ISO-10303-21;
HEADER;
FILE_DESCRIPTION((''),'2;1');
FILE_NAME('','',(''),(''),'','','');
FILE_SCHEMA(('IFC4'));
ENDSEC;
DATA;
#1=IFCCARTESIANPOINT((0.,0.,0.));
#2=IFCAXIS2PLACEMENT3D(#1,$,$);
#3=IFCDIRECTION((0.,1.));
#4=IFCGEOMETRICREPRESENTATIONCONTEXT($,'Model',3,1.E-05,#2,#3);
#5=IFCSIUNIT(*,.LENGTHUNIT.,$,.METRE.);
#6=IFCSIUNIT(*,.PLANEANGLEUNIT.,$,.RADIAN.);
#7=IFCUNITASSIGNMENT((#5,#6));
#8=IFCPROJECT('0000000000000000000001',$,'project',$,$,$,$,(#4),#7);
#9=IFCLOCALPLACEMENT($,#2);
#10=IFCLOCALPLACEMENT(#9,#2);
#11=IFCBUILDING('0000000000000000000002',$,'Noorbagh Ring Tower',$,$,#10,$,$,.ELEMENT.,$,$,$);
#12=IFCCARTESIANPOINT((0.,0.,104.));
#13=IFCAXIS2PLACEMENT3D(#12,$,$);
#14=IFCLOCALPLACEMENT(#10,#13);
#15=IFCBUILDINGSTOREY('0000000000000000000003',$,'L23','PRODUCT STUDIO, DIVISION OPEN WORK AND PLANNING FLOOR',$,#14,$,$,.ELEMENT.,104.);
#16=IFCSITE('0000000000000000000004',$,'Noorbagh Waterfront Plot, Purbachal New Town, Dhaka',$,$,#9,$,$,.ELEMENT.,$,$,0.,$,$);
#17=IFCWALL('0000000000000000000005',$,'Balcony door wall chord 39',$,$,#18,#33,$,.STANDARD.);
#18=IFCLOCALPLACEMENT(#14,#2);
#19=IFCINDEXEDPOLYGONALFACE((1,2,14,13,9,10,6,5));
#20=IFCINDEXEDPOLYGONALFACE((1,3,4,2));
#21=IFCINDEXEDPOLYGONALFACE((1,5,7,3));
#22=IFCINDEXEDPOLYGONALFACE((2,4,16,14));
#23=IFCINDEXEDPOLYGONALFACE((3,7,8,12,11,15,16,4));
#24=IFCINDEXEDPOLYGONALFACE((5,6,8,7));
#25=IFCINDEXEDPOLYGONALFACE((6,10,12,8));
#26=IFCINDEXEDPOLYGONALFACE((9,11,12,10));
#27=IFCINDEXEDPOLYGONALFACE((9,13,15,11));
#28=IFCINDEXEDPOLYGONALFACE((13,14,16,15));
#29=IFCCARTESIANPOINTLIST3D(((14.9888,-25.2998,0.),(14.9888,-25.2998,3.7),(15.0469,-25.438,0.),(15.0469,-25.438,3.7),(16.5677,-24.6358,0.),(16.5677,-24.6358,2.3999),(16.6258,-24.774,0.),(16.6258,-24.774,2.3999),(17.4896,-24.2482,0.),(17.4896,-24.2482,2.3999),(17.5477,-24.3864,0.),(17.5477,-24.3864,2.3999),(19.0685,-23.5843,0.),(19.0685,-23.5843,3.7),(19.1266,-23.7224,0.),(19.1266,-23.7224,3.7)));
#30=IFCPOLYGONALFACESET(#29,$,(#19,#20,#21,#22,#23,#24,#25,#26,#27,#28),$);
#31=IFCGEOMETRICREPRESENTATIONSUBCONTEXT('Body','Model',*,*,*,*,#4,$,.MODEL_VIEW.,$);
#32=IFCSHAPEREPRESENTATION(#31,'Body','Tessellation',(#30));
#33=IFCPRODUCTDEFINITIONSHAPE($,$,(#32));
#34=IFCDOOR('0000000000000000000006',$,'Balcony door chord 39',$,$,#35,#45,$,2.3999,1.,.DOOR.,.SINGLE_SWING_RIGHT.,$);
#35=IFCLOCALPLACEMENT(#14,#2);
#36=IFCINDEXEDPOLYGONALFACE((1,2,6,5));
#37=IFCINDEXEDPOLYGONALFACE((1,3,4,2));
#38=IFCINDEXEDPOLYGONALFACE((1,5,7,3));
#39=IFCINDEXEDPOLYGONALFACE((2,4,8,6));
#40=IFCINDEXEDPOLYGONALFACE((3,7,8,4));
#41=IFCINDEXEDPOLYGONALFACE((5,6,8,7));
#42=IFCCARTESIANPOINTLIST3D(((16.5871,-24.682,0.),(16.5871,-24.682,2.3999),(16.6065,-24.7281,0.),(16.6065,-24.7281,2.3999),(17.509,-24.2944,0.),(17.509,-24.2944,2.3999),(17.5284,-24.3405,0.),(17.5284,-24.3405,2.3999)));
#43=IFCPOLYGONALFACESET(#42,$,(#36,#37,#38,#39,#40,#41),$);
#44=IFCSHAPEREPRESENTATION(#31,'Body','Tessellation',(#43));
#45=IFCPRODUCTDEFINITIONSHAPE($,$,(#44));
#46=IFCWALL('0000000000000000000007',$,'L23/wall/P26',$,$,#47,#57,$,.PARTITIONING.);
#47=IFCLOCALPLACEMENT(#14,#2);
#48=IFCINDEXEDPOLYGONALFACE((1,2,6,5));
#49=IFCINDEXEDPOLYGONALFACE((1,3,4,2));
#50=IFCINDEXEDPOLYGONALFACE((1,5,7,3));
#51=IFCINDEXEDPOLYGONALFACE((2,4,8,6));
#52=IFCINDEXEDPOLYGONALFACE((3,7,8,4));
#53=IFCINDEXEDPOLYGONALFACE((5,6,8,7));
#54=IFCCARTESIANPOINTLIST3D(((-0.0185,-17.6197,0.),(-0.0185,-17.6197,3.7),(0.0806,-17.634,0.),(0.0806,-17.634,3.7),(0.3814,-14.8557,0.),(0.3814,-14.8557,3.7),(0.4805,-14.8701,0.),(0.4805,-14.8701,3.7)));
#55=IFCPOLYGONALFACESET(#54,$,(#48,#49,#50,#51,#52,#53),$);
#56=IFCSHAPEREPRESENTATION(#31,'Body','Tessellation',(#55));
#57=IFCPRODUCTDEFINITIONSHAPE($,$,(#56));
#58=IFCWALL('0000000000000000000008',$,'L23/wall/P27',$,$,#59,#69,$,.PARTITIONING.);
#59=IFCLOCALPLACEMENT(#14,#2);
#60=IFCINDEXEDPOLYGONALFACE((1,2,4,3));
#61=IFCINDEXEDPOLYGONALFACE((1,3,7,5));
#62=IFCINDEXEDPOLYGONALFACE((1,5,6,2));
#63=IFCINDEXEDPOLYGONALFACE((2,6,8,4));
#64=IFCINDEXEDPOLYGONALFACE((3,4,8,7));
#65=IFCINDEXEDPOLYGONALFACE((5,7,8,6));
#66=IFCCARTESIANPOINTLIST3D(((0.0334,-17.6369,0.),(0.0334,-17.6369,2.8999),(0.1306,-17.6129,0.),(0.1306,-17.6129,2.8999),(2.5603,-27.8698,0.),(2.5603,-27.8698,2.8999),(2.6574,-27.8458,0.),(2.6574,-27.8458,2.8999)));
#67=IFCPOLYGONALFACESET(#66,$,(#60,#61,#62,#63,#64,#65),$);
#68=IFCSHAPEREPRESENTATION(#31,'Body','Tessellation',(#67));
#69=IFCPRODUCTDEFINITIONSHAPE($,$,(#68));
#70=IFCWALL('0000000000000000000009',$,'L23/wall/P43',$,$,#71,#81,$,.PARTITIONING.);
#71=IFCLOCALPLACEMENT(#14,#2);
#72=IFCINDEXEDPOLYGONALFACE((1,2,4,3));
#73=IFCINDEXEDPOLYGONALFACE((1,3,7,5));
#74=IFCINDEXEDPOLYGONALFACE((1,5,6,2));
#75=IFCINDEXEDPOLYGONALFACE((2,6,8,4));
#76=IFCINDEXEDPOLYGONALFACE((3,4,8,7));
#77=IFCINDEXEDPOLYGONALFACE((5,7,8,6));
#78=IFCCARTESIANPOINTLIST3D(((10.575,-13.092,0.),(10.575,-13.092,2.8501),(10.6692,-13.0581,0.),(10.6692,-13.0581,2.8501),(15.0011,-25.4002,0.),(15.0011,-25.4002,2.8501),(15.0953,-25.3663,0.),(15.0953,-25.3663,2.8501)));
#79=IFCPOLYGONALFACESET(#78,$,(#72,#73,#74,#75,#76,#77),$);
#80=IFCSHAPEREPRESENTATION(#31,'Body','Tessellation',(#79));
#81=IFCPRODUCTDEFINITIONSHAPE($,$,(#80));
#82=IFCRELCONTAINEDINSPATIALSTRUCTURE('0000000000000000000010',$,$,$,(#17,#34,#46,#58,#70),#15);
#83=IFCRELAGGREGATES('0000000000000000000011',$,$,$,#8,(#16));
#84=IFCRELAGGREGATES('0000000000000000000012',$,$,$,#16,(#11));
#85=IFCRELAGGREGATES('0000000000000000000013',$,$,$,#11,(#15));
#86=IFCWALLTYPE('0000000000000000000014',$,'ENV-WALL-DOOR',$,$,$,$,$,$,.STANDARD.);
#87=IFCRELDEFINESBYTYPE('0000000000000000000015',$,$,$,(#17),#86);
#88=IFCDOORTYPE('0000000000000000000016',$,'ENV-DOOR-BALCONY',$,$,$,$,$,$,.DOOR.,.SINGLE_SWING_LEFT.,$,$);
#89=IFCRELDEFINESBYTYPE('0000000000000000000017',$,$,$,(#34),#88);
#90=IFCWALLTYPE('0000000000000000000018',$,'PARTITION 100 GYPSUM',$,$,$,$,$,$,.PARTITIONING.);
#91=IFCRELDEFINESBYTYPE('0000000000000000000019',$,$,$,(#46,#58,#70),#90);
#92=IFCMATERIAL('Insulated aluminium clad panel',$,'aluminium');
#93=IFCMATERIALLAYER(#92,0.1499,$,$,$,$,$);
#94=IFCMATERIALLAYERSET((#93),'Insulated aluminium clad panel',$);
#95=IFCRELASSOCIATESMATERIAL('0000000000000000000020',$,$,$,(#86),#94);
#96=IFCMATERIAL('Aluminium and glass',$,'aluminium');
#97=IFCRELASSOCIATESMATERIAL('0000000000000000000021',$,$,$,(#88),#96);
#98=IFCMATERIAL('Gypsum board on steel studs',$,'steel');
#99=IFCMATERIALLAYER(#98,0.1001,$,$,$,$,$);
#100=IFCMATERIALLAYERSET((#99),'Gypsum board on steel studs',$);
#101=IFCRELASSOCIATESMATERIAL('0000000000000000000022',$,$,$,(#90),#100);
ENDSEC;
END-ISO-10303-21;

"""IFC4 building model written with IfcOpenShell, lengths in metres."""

from ifc_helpers import new_model, si_unit, direction, frame, frame_2d, origin, place, context, subcontext, project, spatial, rectangle, extrude, material, layer, layer_set, type_object, element, fill, save


model = new_model("IFC4")

# Units and contexts
model_context = context("Model", 3, precision=1e-05, world=origin(), true_north=direction((0.0, 1.0)))
body_context = subcontext(model_context, "Body", "Model", "MODEL_VIEW")
ifc_project = project(units=[si_unit("LENGTHUNIT", "METRE"), si_unit("PLANEANGLEUNIT", "RADIAN")], contexts=[model_context])

# Site, building, storey
site_placement = place(None, origin())
site = spatial("IfcSite", under=ifc_project, at=site_placement, Name="Noorbagh Waterfront Plot, Purbachal New Town, Dhaka", CompositionType="ELEMENT", RefElevation=0.0)
building_placement = place(site_placement, origin())
building = spatial("IfcBuilding", under=site, at=building_placement, Name="Noorbagh Ring Tower", CompositionType="ELEMENT")
storey_placement = place(building_placement, frame((0.0, 0.0, 104.0)))
storey = spatial("IfcBuildingStorey", under=building, at=storey_placement, Name="L23", Description="PRODUCT STUDIO, DIVISION OPEN WORK AND PLANNING FLOOR", CompositionType="ELEMENT", Elevation=104.0)

# Wall, opening, door
ifc_material_1 = material(Name="Insulated aluminium clad panel", Category="aluminium")
ifc_layer_1 = layer(ifc_material_1, 0.1499)
ifc_layer_set_1 = layer_set([ifc_layer_1], Name="Insulated aluminium clad panel")
wall_type_1 = type_object("IfcWallType", Name="ENV-WALL-DOOR", PredefinedType="STANDARD", material=ifc_layer_set_1)
wall_1_placement = place(storey_placement, frame((15.0178, -25.3689, 0.0), z_axis=(0.0, 0.0, 1.0), x_axis=(0.921817, 0.387625, 0.0)))
wall_1 = element("IfcWall", 1, at=wall_1_placement, inside=storey, type_object=wall_type_1, Name="Balcony door wall chord 39", PredefinedType="STANDARD", context=body_context, shape_type="SweptSolid", body=[
    extrude(rectangle(XDim=4.4258, YDim=0.1499, at=frame_2d((2.2129, 0.0))), origin(), (0.0, 0.0, 1.0), 3.7),
])
opening_1_placement = place(wall_1_placement, frame((1.7129, 0.0, 0.0)))
opening_1 = element("IfcOpeningElement", 2, at=opening_1_placement, cuts=wall_1, PredefinedType="OPENING", context=body_context, shape_type="SweptSolid", body=[
    extrude(rectangle(XDim=1.0, YDim=2.3999, at=frame_2d((0.5, 1.2))), frame((0.0, 0.085, 0.0), z_axis=(0.0, -1.0, 0.0), x_axis=(1.0, 0.0, 0.0)), (0.0, 0.0, 1.0), 0.1699),
])
ifc_material_2 = material(Name="Aluminium and glass", Category="aluminium")
door_type_1 = type_object("IfcDoorType", Name="ENV-DOOR-BALCONY", OperationType="SINGLE_SWING_LEFT", PredefinedType="DOOR", material=ifc_material_2)
door_1_placement = place(opening_1_placement, origin())
door_1 = element("IfcDoor", 3, at=door_1_placement, inside=storey, type_object=door_type_1, Name="Balcony door chord 39", OperationType="SINGLE_SWING_RIGHT", OverallHeight=2.3999, OverallWidth=1.0, PredefinedType="DOOR", context=body_context, shape_type="SweptSolid", body=[
    extrude(rectangle(XDim=1.0, YDim=2.3999, at=frame_2d((0.5, 1.2))), frame((0.0, 0.0249, 0.0), z_axis=(0.0, -1.0, 0.0), x_axis=(1.0, 0.0, 0.0)), (0.0, 0.0, 1.0), 0.05),
])
fill(opening_1, door_1)

# Walls
ifc_material_3 = material(Name="Gypsum board on steel studs", Category="steel")
ifc_layer_2 = layer(ifc_material_3, 0.1001)
ifc_layer_set_2 = layer_set([ifc_layer_2], Name="Gypsum board on steel studs")
wall_type_2 = type_object("IfcWallType", Name="PARTITION 100 GYPSUM", PredefinedType="PARTITIONING", material=ifc_layer_set_2)
wall_2_placement = place(storey_placement, frame((0.031, -17.627, 0.0), z_axis=(0.0, 0.0, 1.0), x_axis=(0.143196, 0.989694, 0.0)))
element("IfcWall", 4, at=wall_2_placement, inside=storey, type_object=wall_type_2, Name="L23/wall/P26", PredefinedType="PARTITIONING", context=body_context, shape_type="SweptSolid", body=[
    extrude(rectangle(XDim=2.7927, YDim=0.1001, at=frame_2d((1.3965, 0.0))), origin(), (0.0, 0.0, 1.0), 3.7),
])
wall_3_placement = place(storey_placement, frame((0.082, -17.625, 0.0), z_axis=(0.0, 0.0, 1.0), x_axis=(0.239733, -0.970839, 0.0)))
element("IfcWall", 5, at=wall_3_placement, inside=storey, type_object=wall_type_2, Name="L23/wall/P27", PredefinedType="PARTITIONING", context=body_context, shape_type="SweptSolid", body=[
    extrude(rectangle(XDim=10.5403, YDim=0.1001, at=frame_2d((5.27, 0.0))), origin(), (0.0, 0.0, 1.0), 2.8999),
])
wall_4_placement = place(storey_placement, frame((10.6221, -13.075, 0.0), z_axis=(0.0, 0.0, 1.0), x_axis=(0.338388, -0.941007, 0.0)))
element("IfcWall", 6, at=wall_4_placement, inside=storey, type_object=wall_type_2, Name="L23/wall/P43", PredefinedType="PARTITIONING", context=body_context, shape_type="SweptSolid", body=[
    extrude(rectangle(XDim=13.0798, YDim=0.1001, at=frame_2d((6.54, 0.0))), origin(), (0.0, 0.0, 1.0), 2.8501),
])

save(model, "model.ifc")
